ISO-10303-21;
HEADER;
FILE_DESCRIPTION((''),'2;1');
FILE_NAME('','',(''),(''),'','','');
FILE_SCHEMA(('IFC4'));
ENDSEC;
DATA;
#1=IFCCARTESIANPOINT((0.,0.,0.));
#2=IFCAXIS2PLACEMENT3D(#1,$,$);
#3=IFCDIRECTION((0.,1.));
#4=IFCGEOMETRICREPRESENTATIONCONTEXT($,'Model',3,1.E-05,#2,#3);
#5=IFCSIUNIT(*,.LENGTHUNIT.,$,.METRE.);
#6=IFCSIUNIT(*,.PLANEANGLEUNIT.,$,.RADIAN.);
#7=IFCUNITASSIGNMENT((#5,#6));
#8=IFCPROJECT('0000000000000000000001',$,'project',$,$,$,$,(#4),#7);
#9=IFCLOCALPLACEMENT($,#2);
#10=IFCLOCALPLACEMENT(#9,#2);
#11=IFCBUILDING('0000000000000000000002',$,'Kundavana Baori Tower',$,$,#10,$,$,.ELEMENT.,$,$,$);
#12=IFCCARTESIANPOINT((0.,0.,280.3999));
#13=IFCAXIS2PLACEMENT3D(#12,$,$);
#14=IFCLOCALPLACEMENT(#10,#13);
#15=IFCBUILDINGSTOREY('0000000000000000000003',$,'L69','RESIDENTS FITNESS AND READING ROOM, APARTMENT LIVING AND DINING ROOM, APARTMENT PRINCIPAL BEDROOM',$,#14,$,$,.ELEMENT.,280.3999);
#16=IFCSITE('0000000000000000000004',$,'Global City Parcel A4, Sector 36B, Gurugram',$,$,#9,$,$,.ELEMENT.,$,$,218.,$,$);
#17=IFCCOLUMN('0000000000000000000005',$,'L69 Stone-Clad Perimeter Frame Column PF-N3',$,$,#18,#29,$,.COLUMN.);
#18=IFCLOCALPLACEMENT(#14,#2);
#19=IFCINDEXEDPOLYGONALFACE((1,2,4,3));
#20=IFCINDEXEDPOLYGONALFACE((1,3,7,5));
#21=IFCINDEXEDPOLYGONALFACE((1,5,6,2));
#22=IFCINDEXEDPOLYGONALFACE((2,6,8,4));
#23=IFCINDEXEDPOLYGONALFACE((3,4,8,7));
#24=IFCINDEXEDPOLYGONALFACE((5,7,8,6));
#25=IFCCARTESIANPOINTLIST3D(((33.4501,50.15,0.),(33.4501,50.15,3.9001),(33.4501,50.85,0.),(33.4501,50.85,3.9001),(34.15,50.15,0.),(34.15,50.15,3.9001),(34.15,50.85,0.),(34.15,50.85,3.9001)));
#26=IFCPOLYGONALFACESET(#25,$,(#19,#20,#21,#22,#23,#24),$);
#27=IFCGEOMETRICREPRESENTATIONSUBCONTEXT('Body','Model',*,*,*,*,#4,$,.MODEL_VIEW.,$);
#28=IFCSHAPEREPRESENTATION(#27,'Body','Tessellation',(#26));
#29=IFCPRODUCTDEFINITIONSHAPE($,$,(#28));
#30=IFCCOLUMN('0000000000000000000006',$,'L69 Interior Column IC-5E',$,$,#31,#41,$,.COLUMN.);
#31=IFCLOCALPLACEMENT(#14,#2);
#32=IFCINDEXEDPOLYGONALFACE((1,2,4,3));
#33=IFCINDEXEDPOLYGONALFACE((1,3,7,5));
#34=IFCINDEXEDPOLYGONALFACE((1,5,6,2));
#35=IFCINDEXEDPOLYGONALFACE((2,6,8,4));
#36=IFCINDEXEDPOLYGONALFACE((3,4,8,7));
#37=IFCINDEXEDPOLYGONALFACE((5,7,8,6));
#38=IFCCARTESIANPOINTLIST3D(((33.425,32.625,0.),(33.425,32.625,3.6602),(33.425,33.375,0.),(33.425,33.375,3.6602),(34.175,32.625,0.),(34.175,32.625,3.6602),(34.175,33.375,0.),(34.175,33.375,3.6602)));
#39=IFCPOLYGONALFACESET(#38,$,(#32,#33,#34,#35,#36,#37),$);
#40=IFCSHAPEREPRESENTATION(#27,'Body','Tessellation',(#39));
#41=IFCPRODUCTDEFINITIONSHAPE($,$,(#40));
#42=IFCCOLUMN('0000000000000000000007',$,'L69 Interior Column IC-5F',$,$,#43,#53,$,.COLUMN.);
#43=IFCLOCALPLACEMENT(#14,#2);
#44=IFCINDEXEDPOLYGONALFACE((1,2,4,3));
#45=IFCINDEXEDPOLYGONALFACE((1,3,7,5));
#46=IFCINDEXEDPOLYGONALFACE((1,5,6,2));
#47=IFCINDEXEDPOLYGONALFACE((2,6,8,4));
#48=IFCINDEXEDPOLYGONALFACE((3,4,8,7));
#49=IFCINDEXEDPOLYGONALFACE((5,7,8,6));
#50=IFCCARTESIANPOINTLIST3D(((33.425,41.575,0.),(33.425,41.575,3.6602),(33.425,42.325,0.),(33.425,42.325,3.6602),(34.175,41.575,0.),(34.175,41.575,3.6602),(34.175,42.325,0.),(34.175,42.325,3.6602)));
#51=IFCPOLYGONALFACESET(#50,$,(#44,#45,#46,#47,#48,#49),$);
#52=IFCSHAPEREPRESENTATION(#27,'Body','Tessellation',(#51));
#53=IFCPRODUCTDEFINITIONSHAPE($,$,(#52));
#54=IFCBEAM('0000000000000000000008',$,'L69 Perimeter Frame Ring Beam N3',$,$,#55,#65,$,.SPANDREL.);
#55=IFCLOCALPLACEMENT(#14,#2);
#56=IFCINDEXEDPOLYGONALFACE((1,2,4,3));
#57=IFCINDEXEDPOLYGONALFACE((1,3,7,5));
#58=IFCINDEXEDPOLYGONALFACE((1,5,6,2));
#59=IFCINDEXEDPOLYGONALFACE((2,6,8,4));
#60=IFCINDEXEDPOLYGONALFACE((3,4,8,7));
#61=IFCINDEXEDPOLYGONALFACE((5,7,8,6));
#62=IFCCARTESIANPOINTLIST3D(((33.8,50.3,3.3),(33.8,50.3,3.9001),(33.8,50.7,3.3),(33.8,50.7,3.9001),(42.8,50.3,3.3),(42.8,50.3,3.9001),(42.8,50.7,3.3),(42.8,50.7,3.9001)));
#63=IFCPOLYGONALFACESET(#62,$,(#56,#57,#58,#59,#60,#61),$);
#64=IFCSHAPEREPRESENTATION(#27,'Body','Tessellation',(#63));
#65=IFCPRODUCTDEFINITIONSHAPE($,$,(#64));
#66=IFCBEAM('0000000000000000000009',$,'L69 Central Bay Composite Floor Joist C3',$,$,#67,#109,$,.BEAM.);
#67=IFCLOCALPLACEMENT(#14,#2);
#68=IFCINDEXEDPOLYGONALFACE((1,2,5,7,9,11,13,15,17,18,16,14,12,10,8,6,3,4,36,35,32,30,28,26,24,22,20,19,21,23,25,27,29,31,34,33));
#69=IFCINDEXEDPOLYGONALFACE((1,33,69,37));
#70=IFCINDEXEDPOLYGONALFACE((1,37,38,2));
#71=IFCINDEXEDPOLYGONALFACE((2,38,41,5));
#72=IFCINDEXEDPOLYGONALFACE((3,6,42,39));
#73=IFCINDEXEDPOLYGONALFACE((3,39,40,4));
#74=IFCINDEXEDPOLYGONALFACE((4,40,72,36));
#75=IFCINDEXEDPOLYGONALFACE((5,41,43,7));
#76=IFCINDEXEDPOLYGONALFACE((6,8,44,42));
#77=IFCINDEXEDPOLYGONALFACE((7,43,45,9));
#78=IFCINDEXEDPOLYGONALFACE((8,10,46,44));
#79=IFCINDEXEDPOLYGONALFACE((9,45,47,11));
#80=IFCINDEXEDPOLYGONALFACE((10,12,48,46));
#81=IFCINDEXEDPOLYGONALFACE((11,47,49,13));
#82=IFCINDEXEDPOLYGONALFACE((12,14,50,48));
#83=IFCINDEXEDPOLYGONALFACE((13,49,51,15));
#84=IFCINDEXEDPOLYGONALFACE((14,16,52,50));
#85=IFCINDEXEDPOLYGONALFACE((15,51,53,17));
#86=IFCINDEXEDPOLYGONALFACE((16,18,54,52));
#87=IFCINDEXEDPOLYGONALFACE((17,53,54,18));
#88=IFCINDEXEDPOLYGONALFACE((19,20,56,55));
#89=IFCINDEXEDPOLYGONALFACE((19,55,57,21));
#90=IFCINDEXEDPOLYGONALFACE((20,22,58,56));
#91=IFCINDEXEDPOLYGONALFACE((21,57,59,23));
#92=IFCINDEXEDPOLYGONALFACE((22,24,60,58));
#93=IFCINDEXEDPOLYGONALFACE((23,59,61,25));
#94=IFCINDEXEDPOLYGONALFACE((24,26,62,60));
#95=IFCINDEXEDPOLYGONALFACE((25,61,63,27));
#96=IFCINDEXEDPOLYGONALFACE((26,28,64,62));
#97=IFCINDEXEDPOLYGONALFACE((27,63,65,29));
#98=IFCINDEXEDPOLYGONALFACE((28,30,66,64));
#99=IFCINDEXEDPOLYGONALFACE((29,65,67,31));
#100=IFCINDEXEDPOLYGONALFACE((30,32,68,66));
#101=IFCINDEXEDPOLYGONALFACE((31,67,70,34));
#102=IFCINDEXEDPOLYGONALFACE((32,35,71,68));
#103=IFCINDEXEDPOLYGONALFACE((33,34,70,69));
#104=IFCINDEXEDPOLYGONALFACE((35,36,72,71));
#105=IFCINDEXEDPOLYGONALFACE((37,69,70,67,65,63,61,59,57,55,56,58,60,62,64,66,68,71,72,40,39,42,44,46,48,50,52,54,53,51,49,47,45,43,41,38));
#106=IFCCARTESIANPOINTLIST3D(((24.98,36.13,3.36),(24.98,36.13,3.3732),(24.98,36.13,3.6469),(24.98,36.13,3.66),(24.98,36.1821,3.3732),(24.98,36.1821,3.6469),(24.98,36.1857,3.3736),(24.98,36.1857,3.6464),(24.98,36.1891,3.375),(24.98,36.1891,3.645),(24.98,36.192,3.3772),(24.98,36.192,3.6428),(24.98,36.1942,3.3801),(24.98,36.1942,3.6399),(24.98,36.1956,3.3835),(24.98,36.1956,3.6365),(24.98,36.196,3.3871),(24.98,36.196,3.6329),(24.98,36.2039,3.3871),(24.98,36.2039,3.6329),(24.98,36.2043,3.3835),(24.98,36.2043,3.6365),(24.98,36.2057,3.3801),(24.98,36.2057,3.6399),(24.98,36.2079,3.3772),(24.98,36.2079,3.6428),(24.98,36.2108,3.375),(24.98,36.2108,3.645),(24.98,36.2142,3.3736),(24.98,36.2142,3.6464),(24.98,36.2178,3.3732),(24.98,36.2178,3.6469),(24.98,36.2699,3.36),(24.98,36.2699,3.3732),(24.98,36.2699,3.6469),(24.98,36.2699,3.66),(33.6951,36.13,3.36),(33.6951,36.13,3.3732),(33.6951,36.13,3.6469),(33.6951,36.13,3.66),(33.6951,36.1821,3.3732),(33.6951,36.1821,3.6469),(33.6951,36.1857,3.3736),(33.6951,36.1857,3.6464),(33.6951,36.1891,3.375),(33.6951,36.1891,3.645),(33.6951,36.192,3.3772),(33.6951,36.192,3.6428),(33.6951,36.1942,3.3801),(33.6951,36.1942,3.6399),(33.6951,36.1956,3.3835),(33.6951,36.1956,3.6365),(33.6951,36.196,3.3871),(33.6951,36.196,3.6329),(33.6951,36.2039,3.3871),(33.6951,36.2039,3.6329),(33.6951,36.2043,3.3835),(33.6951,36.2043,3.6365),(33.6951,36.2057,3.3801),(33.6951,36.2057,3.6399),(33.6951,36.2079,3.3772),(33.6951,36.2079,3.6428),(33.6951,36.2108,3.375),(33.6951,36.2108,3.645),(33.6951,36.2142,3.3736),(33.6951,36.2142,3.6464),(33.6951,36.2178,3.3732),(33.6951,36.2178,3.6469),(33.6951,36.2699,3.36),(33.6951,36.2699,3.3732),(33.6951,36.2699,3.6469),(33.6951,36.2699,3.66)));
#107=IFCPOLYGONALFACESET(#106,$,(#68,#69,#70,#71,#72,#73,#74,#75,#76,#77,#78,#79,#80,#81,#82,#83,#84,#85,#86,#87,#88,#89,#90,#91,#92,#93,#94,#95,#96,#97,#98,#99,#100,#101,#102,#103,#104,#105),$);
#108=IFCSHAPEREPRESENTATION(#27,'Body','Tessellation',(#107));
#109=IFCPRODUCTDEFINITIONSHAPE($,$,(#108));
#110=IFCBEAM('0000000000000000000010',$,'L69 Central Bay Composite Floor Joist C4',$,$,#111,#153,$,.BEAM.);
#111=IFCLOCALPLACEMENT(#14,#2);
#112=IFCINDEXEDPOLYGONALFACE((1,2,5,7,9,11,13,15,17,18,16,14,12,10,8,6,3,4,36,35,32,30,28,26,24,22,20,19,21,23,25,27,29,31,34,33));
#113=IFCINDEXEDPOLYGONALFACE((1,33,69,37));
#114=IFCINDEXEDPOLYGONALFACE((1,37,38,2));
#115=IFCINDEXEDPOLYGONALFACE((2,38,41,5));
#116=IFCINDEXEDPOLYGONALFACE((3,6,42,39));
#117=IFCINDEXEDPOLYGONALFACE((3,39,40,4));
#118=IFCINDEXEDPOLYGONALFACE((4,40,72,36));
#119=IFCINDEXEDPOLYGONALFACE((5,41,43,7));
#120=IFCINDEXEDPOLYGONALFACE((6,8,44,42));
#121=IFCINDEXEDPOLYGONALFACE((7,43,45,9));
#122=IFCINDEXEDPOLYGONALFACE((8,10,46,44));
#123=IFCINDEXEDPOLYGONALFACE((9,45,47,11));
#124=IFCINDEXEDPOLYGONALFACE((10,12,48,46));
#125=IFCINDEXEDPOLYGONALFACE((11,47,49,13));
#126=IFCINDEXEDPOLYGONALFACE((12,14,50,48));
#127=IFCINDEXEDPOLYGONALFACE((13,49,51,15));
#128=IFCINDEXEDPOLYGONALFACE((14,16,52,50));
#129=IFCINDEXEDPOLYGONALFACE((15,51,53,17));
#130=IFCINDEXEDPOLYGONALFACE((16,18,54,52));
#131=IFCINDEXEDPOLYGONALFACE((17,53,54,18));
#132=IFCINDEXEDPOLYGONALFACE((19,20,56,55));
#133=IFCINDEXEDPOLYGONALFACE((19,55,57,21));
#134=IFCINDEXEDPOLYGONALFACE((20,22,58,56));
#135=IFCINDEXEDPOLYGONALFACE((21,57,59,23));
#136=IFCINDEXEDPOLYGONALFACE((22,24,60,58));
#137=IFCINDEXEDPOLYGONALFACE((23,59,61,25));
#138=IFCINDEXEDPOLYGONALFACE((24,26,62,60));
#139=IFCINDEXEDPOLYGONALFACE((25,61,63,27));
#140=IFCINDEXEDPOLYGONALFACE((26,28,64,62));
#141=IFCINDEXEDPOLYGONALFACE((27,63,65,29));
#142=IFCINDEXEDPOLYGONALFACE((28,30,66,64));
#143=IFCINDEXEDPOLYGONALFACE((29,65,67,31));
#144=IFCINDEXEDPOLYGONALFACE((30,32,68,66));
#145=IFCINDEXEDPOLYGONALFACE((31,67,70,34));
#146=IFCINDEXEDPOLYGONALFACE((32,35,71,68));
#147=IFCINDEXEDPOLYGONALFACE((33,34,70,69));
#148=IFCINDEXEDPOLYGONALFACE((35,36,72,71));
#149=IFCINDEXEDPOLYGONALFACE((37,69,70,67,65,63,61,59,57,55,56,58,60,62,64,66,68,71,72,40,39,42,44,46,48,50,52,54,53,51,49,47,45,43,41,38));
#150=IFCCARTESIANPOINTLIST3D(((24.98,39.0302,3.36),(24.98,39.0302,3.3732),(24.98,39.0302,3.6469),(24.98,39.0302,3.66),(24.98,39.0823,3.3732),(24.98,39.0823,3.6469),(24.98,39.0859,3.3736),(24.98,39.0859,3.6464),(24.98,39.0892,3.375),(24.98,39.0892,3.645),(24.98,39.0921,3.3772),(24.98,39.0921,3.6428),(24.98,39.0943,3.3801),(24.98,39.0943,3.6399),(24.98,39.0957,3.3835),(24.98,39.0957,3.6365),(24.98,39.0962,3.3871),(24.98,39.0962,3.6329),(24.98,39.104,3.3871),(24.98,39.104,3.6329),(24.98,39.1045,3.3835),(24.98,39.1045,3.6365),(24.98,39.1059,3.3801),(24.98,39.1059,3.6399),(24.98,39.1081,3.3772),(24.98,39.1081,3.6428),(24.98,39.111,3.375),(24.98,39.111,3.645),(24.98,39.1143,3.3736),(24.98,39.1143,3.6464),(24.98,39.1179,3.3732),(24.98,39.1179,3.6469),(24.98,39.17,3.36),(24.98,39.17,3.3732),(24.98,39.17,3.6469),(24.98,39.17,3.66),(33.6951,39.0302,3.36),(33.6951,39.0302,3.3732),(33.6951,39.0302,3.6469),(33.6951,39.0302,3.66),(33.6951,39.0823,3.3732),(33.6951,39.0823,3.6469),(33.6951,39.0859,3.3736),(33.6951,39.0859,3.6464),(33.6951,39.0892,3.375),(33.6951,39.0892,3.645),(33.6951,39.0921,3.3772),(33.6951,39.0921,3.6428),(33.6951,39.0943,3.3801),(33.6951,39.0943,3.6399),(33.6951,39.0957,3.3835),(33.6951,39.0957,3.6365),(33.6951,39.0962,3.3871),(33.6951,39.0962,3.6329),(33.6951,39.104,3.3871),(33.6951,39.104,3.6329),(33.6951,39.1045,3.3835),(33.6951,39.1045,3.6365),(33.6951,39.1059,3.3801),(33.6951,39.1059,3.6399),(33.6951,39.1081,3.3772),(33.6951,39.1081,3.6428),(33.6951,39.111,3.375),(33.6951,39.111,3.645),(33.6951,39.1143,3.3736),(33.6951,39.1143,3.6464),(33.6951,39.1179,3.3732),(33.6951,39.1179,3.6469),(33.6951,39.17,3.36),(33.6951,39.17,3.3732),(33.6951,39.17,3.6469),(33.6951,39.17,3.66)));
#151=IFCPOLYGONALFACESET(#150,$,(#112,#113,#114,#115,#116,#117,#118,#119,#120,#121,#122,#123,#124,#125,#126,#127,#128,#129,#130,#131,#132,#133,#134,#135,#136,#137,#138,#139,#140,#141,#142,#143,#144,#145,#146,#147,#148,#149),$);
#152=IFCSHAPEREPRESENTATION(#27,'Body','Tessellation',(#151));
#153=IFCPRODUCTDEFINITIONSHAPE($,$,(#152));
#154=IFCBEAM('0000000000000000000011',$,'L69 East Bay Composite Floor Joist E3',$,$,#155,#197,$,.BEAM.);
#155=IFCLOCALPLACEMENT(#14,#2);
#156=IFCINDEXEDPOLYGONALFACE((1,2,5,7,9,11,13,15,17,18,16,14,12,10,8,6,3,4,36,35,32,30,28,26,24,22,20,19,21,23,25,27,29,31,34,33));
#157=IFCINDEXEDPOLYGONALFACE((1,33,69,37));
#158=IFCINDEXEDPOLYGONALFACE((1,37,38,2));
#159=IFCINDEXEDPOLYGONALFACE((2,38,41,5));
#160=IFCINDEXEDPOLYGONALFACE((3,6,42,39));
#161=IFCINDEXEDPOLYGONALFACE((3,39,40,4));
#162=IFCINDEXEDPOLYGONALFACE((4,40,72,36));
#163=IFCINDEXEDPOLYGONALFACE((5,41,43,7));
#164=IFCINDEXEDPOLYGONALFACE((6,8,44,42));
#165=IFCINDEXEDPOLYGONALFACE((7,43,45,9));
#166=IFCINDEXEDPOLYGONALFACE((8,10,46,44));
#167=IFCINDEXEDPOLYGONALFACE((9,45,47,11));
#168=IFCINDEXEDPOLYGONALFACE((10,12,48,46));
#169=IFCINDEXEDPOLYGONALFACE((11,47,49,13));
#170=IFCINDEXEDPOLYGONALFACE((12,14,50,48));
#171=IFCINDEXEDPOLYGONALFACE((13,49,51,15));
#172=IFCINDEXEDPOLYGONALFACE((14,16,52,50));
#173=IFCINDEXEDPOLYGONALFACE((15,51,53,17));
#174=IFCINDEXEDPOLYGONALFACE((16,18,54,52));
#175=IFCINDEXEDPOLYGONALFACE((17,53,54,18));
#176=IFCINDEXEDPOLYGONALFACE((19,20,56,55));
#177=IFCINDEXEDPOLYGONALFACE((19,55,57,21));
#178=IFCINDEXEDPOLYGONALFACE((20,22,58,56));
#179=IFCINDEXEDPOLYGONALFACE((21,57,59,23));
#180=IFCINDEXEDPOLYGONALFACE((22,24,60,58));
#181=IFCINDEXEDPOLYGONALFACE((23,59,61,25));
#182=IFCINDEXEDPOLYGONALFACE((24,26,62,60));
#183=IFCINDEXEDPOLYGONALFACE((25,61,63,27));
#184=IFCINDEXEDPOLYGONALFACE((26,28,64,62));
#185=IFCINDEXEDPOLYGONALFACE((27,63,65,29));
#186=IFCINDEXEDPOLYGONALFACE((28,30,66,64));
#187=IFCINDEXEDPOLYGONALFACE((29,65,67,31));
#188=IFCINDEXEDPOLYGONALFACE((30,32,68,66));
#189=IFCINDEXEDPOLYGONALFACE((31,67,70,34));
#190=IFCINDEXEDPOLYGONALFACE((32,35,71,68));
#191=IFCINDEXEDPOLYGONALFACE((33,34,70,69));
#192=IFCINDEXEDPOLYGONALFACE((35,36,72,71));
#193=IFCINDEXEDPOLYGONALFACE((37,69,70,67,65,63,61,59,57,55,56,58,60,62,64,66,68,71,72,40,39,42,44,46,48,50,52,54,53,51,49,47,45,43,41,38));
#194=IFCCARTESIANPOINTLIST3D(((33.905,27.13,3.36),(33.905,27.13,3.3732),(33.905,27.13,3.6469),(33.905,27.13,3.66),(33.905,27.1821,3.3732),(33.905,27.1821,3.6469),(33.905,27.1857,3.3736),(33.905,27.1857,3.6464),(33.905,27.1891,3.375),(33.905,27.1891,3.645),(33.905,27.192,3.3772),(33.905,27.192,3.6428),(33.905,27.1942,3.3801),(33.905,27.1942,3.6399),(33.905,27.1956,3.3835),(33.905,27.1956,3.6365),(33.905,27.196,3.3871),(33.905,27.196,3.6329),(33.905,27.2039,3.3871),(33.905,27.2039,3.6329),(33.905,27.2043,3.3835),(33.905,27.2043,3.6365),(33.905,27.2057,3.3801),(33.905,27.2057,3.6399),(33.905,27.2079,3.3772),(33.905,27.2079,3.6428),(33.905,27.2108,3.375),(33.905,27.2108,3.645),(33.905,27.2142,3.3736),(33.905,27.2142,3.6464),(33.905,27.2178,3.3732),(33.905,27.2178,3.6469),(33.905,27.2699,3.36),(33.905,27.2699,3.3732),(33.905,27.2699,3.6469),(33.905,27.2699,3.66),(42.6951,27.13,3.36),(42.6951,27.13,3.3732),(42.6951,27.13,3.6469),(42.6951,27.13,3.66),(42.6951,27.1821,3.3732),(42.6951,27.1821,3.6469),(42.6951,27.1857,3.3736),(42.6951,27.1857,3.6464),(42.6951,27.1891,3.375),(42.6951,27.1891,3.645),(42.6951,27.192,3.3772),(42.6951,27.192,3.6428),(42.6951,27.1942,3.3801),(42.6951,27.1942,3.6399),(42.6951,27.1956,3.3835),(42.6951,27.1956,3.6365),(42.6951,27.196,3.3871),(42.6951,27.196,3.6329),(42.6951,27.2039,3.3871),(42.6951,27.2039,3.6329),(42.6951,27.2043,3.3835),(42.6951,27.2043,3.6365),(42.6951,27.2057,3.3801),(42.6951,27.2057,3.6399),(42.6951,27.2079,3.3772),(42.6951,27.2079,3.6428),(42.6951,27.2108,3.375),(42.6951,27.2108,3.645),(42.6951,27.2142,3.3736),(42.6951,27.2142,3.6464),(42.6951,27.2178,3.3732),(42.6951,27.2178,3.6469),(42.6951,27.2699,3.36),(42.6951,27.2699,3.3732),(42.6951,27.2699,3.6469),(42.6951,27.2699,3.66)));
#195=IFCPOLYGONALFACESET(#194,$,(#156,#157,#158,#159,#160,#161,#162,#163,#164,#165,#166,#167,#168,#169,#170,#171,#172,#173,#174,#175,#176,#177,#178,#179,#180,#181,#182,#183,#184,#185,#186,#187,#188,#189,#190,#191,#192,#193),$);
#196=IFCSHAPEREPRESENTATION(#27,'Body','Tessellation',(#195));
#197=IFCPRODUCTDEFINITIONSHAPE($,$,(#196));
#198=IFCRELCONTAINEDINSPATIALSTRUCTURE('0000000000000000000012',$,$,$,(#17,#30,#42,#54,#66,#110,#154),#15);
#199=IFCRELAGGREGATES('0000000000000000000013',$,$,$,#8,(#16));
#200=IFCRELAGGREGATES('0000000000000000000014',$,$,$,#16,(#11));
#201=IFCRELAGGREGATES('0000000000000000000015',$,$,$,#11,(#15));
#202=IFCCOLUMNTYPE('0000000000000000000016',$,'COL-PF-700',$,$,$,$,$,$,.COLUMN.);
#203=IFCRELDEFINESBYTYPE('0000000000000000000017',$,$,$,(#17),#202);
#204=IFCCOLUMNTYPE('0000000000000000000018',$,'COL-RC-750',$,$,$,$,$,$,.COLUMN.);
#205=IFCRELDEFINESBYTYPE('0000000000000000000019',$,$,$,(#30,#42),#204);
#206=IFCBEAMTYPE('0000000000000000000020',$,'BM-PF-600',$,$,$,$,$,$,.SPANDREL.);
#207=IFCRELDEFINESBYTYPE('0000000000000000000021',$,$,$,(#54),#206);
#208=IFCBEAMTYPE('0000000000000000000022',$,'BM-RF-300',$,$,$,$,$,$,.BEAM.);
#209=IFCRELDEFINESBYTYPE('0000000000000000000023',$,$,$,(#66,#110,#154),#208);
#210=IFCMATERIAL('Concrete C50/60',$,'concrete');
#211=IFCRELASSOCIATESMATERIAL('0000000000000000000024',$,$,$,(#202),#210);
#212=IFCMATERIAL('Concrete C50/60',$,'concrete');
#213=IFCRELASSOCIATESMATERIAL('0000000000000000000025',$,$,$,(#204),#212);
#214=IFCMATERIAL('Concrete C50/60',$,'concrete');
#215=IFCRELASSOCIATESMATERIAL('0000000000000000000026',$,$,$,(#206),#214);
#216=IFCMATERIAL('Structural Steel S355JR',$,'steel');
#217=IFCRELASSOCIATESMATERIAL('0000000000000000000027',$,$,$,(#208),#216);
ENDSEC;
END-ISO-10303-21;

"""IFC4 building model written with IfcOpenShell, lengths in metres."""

from ifc_helpers import new_model, si_unit, direction, frame, origin, origin_2d, place, context, subcontext, project, spatial, rectangle, i_section, extrude, material, material_profile, profile_set, type_object, element, save


model = new_model("IFC4")

# Units and contexts
model_context = context("Model", 3, precision=1e-05, world=origin(), true_north=direction((0.0, 1.0)))
body_context = subcontext(model_context, "Body", "Model", "MODEL_VIEW")
ifc_project = project(units=[si_unit("LENGTHUNIT", "METRE"), si_unit("PLANEANGLEUNIT", "RADIAN")], contexts=[model_context])

# Site, building, storey
site_placement = place(None, origin())
site = spatial("IfcSite", under=ifc_project, at=site_placement, Name="Global City Parcel A4, Sector 36B, Gurugram", CompositionType="ELEMENT", RefElevation=218.0)
building_placement = place(site_placement, origin())
building = spatial("IfcBuilding", under=site, at=building_placement, Name="Kundavana Baori Tower", CompositionType="ELEMENT")
storey_placement = place(building_placement, frame((0.0, 0.0, 280.3999)))
storey = spatial("IfcBuildingStorey", under=building, at=storey_placement, Name="L69", Description="RESIDENTS FITNESS AND READING ROOM, APARTMENT LIVING AND DINING ROOM, APARTMENT PRINCIPAL BEDROOM", CompositionType="ELEMENT", Elevation=280.3999)

# Columns
ifc_material_1 = material(Name="Concrete C50/60", Category="concrete")
ifc_material_profile_1 = material_profile(ifc_material_1, rectangle(XDim=0.7, YDim=0.7, at=origin_2d()), Name="RC PF 700x700")
ifc_profile_set_1 = profile_set([ifc_material_profile_1], Name="Concrete C50/60")
column_type_1 = type_object("IfcColumnType", Name="COL-PF-700", PredefinedType="COLUMN", material=ifc_profile_set_1)
column_placement = place(storey_placement, frame((33.8, 50.5, 0.0), z_axis=(0.0, 0.0, 1.0), x_axis=(1.0, 0.0, 0.0)))
element("IfcColumn", 1, at=column_placement, inside=storey, type_object=column_type_1, Name="L69 Stone-Clad Perimeter Frame Column PF-N3", PredefinedType="COLUMN", context=body_context, shape_type="SweptSolid", body=[
    extrude(rectangle(XDim=0.7, YDim=0.7, at=origin_2d()), origin(), (0.0, 0.0, 1.0), 3.9001),
])
ifc_material_2 = material(Name="Concrete C50/60", Category="concrete")
ifc_material_profile_2 = material_profile(ifc_material_2, rectangle(XDim=0.75, YDim=0.75, at=origin_2d()), Name="RC 750x750")
ifc_profile_set_2 = profile_set([ifc_material_profile_2], Name="Concrete C50/60")
column_type_2 = type_object("IfcColumnType", Name="COL-RC-750", PredefinedType="COLUMN", material=ifc_profile_set_2)
for number, where, z_axis, x_axis, name in (
    (2, (33.8, 33.0, 0.0), (0.0, 0.0, 1.0), (1.0, 0.0, 0.0), "L69 Interior Column IC-5E"),
    (3, (33.8, 41.95, 0.0), (0.0, 0.0, 1.0), (1.0, 0.0, 0.0), "L69 Interior Column IC-5F"),
):
    element("IfcColumn", number, at=place(storey_placement, frame(where, z_axis=z_axis, x_axis=x_axis)), inside=storey, type_object=column_type_2, Name=name, PredefinedType="COLUMN", context=body_context, shape_type="SweptSolid", body=[
        extrude(rectangle(XDim=0.75, YDim=0.75, at=origin_2d()), origin(), (0.0, 0.0, 1.0), 3.6602),
    ])

# Beams
ifc_material_3 = material(Name="Concrete C50/60", Category="concrete")
ifc_material_profile_3 = material_profile(ifc_material_3, rectangle(XDim=0.3999, YDim=0.6001, at=origin_2d()), Name="RC BM 400x600")
ifc_profile_set_3 = profile_set([ifc_material_profile_3], Name="Concrete C50/60")
beam_type_1 = type_object("IfcBeamType", Name="BM-PF-600", PredefinedType="SPANDREL", material=ifc_profile_set_3)
beam_1_placement = place(storey_placement, frame((33.8, 50.5, 3.6001), z_axis=(1.0, 0.0, 0.0), x_axis=(0.0, 1.0, 0.0)))
element("IfcBeam", 4, at=beam_1_placement, inside=storey, type_object=beam_type_1, Name="L69 Perimeter Frame Ring Beam N3", PredefinedType="SPANDREL", context=body_context, shape_type="SweptSolid", body=[
    extrude(rectangle(XDim=0.3999, YDim=0.6001, at=origin_2d()), origin(), (0.0, 0.0, 1.0), 9.0),
])
ifc_material_4 = material(Name="Structural Steel S355JR", Category="steel")
ifc_material_profile_4 = material_profile(ifc_material_4, i_section(OverallWidth=0.1399, OverallDepth=0.3, WebThickness=0.0078, FlangeThickness=0.0132, FilletRadius=0.0139, at=origin_2d()), Name="ISMB 300")
ifc_profile_set_4 = profile_set([ifc_material_profile_4], Name="Structural Steel S355JR")
beam_type_2 = type_object("IfcBeamType", Name="BM-RF-300", PredefinedType="BEAM", material=ifc_profile_set_4)
for number, where, z_axis, x_axis, name in (
    (5, (24.98, 36.2, 3.51), (1.0, 0.0, 0.0), (0.0, 1.0, 0.0), "L69 Central Bay Composite Floor Joist C3"),
    (6, (24.98, 39.1001, 3.51), (1.0, 0.0, 0.0), (0.0, 1.0, 0.0), "L69 Central Bay Composite Floor Joist C4"),
):
    element("IfcBeam", number, at=place(storey_placement, frame(where, z_axis=z_axis, x_axis=x_axis)), inside=storey, type_object=beam_type_2, Name=name, PredefinedType="BEAM", context=body_context, shape_type="SweptSolid", body=[
        extrude(i_section(OverallWidth=0.1399, OverallDepth=0.3, WebThickness=0.0078, FlangeThickness=0.0132, FilletRadius=0.0139, at=origin_2d()), origin(), (0.0, 0.0, 1.0), 8.7151),
    ])
beam_2_placement = place(storey_placement, frame((33.905, 27.2, 3.51), z_axis=(1.0, 0.0, 0.0), x_axis=(0.0, 1.0, 0.0)))
element("IfcBeam", 7, at=beam_2_placement, inside=storey, type_object=beam_type_2, Name="L69 East Bay Composite Floor Joist E3", PredefinedType="BEAM", context=body_context, shape_type="SweptSolid", body=[
    extrude(i_section(OverallWidth=0.1399, OverallDepth=0.3, WebThickness=0.0078, FlangeThickness=0.0132, FilletRadius=0.0139, at=origin_2d()), origin(), (0.0, 0.0, 1.0), 8.79),
])

save(model, "model.ifc")
